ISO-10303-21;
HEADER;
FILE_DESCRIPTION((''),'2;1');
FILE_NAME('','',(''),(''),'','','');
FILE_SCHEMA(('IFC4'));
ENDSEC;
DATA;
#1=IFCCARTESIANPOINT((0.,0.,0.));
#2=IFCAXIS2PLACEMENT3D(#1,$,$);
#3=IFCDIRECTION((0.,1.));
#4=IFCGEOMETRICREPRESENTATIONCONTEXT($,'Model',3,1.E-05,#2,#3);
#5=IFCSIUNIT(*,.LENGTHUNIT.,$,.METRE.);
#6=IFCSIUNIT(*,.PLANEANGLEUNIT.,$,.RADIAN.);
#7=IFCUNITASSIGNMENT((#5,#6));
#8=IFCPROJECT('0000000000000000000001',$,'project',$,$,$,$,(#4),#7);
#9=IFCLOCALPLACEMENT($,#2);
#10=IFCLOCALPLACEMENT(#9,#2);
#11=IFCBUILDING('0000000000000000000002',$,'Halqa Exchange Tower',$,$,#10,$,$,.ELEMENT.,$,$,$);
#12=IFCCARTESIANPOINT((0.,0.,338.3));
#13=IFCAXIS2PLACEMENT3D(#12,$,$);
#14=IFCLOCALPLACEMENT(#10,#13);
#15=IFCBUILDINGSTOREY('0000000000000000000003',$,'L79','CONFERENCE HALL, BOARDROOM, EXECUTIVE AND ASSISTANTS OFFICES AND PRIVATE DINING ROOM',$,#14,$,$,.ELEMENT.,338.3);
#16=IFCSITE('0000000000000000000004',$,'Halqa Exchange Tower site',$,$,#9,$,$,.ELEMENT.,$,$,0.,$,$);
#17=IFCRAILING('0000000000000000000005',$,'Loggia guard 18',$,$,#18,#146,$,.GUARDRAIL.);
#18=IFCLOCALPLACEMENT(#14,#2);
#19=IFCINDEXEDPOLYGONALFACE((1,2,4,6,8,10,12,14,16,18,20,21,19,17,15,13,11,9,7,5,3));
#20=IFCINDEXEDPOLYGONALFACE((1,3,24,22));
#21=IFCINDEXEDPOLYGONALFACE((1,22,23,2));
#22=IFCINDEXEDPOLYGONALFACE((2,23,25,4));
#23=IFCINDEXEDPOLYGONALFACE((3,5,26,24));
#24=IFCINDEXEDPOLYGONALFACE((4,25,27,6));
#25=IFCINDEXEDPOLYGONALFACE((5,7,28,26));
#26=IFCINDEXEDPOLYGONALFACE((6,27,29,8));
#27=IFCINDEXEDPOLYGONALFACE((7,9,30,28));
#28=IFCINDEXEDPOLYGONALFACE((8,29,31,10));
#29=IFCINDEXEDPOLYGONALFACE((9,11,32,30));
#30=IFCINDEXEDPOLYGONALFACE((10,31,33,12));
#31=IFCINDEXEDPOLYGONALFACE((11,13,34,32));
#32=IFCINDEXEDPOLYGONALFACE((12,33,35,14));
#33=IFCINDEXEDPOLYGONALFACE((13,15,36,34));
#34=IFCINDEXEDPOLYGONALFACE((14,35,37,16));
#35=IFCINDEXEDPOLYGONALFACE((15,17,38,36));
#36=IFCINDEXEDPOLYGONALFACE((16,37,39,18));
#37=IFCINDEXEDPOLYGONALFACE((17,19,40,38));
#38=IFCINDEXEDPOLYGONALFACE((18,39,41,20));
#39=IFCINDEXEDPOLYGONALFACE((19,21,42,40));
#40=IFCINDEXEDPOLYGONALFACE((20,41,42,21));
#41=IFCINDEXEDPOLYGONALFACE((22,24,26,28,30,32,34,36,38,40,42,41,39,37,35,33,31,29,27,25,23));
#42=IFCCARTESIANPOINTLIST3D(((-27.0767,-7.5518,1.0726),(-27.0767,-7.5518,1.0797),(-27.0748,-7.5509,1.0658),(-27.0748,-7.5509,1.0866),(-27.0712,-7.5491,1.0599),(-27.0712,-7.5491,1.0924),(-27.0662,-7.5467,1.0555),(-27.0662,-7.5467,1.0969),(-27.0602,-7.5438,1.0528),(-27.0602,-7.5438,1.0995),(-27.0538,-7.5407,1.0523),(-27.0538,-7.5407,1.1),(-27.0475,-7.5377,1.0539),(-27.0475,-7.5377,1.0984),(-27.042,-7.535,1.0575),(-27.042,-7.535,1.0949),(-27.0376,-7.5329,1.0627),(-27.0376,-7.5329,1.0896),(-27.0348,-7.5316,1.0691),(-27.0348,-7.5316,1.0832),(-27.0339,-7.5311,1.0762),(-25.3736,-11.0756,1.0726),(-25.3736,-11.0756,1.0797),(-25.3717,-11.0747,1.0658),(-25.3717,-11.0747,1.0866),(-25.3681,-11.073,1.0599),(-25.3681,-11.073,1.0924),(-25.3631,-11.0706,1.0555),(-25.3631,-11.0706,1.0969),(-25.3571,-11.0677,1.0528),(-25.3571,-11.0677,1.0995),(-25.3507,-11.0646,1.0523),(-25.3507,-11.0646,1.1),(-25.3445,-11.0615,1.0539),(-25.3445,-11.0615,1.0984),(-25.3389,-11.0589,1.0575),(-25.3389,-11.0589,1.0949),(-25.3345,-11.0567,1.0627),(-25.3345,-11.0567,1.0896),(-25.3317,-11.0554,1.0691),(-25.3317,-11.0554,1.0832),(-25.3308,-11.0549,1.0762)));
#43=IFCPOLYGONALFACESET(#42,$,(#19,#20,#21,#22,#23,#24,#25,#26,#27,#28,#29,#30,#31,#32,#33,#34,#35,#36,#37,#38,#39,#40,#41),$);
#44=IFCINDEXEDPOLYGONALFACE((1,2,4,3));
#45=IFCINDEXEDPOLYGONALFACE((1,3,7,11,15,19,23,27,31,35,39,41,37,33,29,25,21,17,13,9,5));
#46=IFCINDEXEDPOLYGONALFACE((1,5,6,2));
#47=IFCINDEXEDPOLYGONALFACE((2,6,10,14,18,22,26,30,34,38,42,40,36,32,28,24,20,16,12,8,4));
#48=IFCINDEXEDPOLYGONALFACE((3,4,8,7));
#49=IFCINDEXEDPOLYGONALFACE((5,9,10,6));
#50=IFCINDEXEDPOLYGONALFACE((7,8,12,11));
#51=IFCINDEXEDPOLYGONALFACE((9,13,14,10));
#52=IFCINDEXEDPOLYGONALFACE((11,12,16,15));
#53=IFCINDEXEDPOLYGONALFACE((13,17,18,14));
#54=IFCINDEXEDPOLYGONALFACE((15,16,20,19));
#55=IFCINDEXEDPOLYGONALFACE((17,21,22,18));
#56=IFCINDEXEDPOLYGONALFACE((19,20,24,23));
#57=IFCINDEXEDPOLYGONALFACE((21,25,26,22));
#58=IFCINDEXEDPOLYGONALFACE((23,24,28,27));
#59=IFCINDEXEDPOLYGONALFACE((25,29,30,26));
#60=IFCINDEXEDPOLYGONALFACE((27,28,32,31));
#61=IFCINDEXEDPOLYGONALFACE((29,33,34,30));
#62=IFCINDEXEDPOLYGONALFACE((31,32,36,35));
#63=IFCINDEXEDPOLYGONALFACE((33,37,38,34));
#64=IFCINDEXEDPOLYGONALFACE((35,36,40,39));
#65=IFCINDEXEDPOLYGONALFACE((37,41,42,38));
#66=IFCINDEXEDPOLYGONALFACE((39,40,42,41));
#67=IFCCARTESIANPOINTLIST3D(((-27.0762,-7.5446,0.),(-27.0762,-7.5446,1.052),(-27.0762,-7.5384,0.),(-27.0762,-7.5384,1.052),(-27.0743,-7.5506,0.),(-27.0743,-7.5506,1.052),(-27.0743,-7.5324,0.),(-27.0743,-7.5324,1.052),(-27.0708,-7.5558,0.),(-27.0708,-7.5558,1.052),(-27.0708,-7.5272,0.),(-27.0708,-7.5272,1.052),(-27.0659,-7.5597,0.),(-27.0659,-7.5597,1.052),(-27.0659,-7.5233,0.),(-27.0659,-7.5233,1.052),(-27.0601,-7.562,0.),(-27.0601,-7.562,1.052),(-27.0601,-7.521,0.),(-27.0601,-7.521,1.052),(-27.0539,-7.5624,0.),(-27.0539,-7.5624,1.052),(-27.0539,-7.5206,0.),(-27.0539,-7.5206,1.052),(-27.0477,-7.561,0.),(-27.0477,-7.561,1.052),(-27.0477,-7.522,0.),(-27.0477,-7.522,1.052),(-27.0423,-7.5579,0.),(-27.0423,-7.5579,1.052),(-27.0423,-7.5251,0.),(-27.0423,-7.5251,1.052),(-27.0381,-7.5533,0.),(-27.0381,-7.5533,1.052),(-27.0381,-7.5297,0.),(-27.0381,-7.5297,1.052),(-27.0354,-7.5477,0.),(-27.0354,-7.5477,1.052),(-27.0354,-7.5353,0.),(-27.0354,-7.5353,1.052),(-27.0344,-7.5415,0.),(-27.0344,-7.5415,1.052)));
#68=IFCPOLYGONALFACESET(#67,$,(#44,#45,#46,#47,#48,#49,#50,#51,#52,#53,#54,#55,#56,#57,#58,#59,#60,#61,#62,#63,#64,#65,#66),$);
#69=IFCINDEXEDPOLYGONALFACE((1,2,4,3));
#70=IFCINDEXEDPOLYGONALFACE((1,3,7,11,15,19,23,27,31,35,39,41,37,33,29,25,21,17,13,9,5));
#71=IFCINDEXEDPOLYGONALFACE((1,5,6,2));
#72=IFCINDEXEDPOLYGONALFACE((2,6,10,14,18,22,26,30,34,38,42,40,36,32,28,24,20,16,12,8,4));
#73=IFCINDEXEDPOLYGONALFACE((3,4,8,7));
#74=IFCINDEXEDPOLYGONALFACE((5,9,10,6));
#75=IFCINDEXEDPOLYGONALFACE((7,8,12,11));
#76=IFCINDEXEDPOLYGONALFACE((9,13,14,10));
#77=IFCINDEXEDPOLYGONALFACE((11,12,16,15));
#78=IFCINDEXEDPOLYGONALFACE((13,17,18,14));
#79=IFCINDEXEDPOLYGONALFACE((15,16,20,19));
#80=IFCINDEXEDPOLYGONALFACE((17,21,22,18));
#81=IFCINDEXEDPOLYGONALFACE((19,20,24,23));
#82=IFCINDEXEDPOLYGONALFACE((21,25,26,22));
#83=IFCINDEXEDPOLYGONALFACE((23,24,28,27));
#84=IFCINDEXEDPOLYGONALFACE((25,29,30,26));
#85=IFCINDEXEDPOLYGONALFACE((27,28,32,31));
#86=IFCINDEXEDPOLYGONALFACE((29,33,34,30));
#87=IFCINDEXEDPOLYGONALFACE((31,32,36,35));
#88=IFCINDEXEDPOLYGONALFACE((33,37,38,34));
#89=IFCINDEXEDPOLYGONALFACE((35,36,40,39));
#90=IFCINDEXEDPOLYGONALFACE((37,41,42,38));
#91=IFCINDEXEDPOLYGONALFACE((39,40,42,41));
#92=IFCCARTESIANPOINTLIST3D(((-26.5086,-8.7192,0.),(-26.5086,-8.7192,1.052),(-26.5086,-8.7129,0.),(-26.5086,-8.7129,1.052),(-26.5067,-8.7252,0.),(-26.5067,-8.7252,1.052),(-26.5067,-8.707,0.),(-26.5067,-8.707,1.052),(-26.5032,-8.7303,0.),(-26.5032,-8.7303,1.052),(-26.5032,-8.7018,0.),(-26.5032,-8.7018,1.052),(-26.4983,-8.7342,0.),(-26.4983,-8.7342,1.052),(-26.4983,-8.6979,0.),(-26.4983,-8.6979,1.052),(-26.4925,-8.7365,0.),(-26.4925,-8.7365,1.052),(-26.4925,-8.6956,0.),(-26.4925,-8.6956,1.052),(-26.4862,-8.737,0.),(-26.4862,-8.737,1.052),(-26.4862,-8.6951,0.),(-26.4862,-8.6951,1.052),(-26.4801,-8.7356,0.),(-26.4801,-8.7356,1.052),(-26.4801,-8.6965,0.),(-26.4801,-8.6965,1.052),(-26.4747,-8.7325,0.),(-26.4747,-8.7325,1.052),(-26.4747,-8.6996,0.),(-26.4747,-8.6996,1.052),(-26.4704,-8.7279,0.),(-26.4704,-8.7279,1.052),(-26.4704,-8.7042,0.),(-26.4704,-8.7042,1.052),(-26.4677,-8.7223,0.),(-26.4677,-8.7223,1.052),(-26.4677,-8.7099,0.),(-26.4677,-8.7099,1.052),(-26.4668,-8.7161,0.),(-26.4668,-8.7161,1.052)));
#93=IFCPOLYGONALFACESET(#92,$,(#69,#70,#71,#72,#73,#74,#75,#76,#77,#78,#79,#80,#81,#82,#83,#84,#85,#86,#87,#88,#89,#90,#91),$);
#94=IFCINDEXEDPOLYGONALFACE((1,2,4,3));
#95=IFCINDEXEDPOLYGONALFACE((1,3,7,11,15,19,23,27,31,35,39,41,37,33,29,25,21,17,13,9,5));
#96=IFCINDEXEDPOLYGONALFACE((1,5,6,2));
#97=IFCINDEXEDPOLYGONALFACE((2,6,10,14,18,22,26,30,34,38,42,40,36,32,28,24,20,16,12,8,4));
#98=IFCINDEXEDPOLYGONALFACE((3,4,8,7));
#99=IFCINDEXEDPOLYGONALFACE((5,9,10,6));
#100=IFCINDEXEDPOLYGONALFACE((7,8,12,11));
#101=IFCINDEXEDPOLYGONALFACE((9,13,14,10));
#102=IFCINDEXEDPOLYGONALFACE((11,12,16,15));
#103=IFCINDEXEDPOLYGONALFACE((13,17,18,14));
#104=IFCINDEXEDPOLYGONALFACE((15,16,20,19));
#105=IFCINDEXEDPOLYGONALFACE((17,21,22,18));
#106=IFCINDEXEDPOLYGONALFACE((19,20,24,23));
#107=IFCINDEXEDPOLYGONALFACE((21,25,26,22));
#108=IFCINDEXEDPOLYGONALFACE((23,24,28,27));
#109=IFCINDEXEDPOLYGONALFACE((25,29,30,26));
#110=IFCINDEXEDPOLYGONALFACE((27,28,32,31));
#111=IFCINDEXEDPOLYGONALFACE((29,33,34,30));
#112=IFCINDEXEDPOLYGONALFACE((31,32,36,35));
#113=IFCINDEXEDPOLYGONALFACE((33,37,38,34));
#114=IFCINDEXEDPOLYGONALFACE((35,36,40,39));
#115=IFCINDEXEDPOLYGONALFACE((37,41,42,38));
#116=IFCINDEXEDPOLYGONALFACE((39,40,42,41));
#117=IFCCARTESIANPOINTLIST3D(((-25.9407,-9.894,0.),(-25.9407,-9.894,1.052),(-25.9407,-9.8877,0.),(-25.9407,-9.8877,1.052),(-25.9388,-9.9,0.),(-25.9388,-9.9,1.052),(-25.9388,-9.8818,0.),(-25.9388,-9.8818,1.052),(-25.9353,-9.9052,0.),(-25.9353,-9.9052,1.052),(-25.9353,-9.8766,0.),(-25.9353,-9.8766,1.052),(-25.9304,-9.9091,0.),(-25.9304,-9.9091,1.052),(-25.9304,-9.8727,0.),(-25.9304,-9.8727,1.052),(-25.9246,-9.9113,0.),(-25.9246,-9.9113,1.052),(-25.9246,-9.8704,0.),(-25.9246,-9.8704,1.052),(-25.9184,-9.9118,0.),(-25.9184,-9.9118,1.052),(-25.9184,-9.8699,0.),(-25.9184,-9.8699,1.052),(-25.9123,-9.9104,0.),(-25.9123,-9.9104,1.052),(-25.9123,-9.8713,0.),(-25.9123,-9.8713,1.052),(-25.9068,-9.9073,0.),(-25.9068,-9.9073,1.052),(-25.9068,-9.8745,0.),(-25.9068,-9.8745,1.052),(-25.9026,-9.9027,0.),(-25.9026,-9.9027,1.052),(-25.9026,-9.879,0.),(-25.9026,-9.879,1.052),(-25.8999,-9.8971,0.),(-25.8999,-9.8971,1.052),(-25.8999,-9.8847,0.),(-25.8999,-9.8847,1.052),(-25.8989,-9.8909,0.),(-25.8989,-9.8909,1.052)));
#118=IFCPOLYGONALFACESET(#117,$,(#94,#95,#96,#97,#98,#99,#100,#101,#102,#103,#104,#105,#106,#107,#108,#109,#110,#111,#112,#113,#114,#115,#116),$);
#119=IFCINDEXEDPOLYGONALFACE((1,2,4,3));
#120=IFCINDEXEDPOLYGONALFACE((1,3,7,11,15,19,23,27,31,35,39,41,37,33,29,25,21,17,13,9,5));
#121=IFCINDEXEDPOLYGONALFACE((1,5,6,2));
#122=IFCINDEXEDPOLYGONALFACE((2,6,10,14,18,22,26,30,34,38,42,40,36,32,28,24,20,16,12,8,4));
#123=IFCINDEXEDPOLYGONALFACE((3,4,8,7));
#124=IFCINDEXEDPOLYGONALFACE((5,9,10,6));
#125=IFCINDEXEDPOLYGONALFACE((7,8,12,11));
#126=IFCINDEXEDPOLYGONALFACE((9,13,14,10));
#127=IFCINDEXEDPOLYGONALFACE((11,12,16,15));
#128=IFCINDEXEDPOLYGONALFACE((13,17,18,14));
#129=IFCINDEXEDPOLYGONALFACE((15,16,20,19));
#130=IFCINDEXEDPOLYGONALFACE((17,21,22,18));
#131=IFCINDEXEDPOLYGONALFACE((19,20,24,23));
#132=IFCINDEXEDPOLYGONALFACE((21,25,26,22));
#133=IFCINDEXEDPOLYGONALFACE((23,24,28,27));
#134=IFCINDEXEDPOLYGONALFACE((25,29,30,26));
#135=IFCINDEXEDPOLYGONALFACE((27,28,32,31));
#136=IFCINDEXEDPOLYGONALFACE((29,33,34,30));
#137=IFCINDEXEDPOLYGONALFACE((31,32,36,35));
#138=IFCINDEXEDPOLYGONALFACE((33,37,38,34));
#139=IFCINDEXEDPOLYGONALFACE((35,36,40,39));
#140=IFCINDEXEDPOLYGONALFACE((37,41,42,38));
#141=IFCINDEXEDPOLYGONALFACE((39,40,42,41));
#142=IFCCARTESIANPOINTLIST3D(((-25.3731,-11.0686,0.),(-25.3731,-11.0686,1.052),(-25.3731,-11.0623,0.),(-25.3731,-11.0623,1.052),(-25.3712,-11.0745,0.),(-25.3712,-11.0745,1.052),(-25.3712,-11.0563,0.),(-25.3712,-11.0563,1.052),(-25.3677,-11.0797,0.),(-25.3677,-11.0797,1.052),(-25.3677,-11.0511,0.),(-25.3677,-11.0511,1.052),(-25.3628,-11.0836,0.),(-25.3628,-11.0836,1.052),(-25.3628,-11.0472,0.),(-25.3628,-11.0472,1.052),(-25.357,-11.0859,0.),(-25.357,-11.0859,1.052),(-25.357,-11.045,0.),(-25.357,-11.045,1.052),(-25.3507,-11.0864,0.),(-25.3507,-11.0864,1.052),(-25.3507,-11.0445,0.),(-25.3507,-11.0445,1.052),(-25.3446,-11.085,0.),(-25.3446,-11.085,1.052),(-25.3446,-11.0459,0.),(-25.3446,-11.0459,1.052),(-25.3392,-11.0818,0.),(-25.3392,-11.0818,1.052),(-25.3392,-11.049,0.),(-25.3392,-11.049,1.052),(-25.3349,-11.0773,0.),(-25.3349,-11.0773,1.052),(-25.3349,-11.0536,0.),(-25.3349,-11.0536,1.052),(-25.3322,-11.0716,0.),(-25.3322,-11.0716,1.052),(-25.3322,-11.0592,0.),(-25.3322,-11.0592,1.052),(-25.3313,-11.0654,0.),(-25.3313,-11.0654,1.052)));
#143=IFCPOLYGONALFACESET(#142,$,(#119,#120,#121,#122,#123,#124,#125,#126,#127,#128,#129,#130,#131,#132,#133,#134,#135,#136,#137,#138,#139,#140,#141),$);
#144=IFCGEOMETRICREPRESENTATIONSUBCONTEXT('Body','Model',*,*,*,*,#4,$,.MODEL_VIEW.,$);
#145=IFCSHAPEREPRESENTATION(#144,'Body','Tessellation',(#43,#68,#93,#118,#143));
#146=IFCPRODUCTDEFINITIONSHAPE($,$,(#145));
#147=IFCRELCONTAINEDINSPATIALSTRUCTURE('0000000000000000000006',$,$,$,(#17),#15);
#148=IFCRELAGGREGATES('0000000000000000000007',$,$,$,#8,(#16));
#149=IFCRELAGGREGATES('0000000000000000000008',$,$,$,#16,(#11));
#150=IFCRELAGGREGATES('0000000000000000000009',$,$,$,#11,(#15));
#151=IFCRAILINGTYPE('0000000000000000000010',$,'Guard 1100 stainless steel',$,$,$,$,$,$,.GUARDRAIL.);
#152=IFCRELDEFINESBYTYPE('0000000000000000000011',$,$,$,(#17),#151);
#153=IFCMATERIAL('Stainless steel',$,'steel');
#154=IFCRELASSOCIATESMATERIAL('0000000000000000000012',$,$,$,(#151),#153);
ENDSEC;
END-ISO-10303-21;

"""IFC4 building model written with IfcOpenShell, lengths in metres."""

from ifc_helpers import new_model, si_unit, direction, frame, origin, origin_2d, place, context, subcontext, project, spatial, circle, extrude, material, type_object, element, save


model = new_model("IFC4")

# Units and contexts
model_context = context("Model", 3, precision=1e-05, world=origin(), true_north=direction((0.0, 1.0)))
body_context = subcontext(model_context, "Body", "Model", "MODEL_VIEW")
ifc_project = project(units=[si_unit("LENGTHUNIT", "METRE"), si_unit("PLANEANGLEUNIT", "RADIAN")], contexts=[model_context])

# Site, building, storey
site_placement = place(None, origin())
site = spatial("IfcSite", under=ifc_project, at=site_placement, Name="Halqa Exchange Tower site", CompositionType="ELEMENT", RefElevation=0.0)
building_placement = place(site_placement, origin())
building = spatial("IfcBuilding", under=site, at=building_placement, Name="Halqa Exchange Tower", CompositionType="ELEMENT")
storey_placement = place(building_placement, frame((0.0, 0.0, 338.3)))
storey = spatial("IfcBuildingStorey", under=building, at=storey_placement, Name="L79", Description="CONFERENCE HALL, BOARDROOM, EXECUTIVE AND ASSISTANTS OFFICES AND PRIVATE DINING ROOM", CompositionType="ELEMENT", Elevation=338.3)

# Railing
ifc_material_1 = material(Name="Stainless steel", Category="steel")
railing_type = type_object("IfcRailingType", Name="Guard 1100 stainless steel", PredefinedType="GUARDRAIL", material=ifc_material_1)
railing_1_placement = place(storey_placement, frame((-27.0554, -7.5415, 0.0)))
element("IfcRailing", 1, at=railing_1_placement, inside=storey, type_object=railing_type, Name="Loggia guard 18", PredefinedType="GUARDRAIL", context=body_context, shape_type="SweptSolid", body=[
    extrude(circle(Radius=0.0239, at=origin_2d()), frame((0.0, 0.0, 1.0762), z_axis=(0.435147, -0.90036, 0.0), x_axis=(0.90036, 0.435147, 0.0)), (0.0, 0.0, 1.0), 3.9138),
    extrude(circle(Radius=0.021, at=origin_2d()), origin(), (0.0, 0.0, 1.0), 1.052),
    extrude(circle(Radius=0.021, at=origin_2d()), frame((0.5676, -1.1746, 0.0)), (0.0, 0.0, 1.0), 1.052),
    extrude(circle(Radius=0.021, at=origin_2d()), frame((1.1355, -2.3494, 0.0)), (0.0, 0.0, 1.0), 1.052),
    extrude(circle(Radius=0.021, at=origin_2d()), frame((1.7031, -3.5239, 0.0)), (0.0, 0.0, 1.0), 1.052),
])

save(model, "model.ifc")
